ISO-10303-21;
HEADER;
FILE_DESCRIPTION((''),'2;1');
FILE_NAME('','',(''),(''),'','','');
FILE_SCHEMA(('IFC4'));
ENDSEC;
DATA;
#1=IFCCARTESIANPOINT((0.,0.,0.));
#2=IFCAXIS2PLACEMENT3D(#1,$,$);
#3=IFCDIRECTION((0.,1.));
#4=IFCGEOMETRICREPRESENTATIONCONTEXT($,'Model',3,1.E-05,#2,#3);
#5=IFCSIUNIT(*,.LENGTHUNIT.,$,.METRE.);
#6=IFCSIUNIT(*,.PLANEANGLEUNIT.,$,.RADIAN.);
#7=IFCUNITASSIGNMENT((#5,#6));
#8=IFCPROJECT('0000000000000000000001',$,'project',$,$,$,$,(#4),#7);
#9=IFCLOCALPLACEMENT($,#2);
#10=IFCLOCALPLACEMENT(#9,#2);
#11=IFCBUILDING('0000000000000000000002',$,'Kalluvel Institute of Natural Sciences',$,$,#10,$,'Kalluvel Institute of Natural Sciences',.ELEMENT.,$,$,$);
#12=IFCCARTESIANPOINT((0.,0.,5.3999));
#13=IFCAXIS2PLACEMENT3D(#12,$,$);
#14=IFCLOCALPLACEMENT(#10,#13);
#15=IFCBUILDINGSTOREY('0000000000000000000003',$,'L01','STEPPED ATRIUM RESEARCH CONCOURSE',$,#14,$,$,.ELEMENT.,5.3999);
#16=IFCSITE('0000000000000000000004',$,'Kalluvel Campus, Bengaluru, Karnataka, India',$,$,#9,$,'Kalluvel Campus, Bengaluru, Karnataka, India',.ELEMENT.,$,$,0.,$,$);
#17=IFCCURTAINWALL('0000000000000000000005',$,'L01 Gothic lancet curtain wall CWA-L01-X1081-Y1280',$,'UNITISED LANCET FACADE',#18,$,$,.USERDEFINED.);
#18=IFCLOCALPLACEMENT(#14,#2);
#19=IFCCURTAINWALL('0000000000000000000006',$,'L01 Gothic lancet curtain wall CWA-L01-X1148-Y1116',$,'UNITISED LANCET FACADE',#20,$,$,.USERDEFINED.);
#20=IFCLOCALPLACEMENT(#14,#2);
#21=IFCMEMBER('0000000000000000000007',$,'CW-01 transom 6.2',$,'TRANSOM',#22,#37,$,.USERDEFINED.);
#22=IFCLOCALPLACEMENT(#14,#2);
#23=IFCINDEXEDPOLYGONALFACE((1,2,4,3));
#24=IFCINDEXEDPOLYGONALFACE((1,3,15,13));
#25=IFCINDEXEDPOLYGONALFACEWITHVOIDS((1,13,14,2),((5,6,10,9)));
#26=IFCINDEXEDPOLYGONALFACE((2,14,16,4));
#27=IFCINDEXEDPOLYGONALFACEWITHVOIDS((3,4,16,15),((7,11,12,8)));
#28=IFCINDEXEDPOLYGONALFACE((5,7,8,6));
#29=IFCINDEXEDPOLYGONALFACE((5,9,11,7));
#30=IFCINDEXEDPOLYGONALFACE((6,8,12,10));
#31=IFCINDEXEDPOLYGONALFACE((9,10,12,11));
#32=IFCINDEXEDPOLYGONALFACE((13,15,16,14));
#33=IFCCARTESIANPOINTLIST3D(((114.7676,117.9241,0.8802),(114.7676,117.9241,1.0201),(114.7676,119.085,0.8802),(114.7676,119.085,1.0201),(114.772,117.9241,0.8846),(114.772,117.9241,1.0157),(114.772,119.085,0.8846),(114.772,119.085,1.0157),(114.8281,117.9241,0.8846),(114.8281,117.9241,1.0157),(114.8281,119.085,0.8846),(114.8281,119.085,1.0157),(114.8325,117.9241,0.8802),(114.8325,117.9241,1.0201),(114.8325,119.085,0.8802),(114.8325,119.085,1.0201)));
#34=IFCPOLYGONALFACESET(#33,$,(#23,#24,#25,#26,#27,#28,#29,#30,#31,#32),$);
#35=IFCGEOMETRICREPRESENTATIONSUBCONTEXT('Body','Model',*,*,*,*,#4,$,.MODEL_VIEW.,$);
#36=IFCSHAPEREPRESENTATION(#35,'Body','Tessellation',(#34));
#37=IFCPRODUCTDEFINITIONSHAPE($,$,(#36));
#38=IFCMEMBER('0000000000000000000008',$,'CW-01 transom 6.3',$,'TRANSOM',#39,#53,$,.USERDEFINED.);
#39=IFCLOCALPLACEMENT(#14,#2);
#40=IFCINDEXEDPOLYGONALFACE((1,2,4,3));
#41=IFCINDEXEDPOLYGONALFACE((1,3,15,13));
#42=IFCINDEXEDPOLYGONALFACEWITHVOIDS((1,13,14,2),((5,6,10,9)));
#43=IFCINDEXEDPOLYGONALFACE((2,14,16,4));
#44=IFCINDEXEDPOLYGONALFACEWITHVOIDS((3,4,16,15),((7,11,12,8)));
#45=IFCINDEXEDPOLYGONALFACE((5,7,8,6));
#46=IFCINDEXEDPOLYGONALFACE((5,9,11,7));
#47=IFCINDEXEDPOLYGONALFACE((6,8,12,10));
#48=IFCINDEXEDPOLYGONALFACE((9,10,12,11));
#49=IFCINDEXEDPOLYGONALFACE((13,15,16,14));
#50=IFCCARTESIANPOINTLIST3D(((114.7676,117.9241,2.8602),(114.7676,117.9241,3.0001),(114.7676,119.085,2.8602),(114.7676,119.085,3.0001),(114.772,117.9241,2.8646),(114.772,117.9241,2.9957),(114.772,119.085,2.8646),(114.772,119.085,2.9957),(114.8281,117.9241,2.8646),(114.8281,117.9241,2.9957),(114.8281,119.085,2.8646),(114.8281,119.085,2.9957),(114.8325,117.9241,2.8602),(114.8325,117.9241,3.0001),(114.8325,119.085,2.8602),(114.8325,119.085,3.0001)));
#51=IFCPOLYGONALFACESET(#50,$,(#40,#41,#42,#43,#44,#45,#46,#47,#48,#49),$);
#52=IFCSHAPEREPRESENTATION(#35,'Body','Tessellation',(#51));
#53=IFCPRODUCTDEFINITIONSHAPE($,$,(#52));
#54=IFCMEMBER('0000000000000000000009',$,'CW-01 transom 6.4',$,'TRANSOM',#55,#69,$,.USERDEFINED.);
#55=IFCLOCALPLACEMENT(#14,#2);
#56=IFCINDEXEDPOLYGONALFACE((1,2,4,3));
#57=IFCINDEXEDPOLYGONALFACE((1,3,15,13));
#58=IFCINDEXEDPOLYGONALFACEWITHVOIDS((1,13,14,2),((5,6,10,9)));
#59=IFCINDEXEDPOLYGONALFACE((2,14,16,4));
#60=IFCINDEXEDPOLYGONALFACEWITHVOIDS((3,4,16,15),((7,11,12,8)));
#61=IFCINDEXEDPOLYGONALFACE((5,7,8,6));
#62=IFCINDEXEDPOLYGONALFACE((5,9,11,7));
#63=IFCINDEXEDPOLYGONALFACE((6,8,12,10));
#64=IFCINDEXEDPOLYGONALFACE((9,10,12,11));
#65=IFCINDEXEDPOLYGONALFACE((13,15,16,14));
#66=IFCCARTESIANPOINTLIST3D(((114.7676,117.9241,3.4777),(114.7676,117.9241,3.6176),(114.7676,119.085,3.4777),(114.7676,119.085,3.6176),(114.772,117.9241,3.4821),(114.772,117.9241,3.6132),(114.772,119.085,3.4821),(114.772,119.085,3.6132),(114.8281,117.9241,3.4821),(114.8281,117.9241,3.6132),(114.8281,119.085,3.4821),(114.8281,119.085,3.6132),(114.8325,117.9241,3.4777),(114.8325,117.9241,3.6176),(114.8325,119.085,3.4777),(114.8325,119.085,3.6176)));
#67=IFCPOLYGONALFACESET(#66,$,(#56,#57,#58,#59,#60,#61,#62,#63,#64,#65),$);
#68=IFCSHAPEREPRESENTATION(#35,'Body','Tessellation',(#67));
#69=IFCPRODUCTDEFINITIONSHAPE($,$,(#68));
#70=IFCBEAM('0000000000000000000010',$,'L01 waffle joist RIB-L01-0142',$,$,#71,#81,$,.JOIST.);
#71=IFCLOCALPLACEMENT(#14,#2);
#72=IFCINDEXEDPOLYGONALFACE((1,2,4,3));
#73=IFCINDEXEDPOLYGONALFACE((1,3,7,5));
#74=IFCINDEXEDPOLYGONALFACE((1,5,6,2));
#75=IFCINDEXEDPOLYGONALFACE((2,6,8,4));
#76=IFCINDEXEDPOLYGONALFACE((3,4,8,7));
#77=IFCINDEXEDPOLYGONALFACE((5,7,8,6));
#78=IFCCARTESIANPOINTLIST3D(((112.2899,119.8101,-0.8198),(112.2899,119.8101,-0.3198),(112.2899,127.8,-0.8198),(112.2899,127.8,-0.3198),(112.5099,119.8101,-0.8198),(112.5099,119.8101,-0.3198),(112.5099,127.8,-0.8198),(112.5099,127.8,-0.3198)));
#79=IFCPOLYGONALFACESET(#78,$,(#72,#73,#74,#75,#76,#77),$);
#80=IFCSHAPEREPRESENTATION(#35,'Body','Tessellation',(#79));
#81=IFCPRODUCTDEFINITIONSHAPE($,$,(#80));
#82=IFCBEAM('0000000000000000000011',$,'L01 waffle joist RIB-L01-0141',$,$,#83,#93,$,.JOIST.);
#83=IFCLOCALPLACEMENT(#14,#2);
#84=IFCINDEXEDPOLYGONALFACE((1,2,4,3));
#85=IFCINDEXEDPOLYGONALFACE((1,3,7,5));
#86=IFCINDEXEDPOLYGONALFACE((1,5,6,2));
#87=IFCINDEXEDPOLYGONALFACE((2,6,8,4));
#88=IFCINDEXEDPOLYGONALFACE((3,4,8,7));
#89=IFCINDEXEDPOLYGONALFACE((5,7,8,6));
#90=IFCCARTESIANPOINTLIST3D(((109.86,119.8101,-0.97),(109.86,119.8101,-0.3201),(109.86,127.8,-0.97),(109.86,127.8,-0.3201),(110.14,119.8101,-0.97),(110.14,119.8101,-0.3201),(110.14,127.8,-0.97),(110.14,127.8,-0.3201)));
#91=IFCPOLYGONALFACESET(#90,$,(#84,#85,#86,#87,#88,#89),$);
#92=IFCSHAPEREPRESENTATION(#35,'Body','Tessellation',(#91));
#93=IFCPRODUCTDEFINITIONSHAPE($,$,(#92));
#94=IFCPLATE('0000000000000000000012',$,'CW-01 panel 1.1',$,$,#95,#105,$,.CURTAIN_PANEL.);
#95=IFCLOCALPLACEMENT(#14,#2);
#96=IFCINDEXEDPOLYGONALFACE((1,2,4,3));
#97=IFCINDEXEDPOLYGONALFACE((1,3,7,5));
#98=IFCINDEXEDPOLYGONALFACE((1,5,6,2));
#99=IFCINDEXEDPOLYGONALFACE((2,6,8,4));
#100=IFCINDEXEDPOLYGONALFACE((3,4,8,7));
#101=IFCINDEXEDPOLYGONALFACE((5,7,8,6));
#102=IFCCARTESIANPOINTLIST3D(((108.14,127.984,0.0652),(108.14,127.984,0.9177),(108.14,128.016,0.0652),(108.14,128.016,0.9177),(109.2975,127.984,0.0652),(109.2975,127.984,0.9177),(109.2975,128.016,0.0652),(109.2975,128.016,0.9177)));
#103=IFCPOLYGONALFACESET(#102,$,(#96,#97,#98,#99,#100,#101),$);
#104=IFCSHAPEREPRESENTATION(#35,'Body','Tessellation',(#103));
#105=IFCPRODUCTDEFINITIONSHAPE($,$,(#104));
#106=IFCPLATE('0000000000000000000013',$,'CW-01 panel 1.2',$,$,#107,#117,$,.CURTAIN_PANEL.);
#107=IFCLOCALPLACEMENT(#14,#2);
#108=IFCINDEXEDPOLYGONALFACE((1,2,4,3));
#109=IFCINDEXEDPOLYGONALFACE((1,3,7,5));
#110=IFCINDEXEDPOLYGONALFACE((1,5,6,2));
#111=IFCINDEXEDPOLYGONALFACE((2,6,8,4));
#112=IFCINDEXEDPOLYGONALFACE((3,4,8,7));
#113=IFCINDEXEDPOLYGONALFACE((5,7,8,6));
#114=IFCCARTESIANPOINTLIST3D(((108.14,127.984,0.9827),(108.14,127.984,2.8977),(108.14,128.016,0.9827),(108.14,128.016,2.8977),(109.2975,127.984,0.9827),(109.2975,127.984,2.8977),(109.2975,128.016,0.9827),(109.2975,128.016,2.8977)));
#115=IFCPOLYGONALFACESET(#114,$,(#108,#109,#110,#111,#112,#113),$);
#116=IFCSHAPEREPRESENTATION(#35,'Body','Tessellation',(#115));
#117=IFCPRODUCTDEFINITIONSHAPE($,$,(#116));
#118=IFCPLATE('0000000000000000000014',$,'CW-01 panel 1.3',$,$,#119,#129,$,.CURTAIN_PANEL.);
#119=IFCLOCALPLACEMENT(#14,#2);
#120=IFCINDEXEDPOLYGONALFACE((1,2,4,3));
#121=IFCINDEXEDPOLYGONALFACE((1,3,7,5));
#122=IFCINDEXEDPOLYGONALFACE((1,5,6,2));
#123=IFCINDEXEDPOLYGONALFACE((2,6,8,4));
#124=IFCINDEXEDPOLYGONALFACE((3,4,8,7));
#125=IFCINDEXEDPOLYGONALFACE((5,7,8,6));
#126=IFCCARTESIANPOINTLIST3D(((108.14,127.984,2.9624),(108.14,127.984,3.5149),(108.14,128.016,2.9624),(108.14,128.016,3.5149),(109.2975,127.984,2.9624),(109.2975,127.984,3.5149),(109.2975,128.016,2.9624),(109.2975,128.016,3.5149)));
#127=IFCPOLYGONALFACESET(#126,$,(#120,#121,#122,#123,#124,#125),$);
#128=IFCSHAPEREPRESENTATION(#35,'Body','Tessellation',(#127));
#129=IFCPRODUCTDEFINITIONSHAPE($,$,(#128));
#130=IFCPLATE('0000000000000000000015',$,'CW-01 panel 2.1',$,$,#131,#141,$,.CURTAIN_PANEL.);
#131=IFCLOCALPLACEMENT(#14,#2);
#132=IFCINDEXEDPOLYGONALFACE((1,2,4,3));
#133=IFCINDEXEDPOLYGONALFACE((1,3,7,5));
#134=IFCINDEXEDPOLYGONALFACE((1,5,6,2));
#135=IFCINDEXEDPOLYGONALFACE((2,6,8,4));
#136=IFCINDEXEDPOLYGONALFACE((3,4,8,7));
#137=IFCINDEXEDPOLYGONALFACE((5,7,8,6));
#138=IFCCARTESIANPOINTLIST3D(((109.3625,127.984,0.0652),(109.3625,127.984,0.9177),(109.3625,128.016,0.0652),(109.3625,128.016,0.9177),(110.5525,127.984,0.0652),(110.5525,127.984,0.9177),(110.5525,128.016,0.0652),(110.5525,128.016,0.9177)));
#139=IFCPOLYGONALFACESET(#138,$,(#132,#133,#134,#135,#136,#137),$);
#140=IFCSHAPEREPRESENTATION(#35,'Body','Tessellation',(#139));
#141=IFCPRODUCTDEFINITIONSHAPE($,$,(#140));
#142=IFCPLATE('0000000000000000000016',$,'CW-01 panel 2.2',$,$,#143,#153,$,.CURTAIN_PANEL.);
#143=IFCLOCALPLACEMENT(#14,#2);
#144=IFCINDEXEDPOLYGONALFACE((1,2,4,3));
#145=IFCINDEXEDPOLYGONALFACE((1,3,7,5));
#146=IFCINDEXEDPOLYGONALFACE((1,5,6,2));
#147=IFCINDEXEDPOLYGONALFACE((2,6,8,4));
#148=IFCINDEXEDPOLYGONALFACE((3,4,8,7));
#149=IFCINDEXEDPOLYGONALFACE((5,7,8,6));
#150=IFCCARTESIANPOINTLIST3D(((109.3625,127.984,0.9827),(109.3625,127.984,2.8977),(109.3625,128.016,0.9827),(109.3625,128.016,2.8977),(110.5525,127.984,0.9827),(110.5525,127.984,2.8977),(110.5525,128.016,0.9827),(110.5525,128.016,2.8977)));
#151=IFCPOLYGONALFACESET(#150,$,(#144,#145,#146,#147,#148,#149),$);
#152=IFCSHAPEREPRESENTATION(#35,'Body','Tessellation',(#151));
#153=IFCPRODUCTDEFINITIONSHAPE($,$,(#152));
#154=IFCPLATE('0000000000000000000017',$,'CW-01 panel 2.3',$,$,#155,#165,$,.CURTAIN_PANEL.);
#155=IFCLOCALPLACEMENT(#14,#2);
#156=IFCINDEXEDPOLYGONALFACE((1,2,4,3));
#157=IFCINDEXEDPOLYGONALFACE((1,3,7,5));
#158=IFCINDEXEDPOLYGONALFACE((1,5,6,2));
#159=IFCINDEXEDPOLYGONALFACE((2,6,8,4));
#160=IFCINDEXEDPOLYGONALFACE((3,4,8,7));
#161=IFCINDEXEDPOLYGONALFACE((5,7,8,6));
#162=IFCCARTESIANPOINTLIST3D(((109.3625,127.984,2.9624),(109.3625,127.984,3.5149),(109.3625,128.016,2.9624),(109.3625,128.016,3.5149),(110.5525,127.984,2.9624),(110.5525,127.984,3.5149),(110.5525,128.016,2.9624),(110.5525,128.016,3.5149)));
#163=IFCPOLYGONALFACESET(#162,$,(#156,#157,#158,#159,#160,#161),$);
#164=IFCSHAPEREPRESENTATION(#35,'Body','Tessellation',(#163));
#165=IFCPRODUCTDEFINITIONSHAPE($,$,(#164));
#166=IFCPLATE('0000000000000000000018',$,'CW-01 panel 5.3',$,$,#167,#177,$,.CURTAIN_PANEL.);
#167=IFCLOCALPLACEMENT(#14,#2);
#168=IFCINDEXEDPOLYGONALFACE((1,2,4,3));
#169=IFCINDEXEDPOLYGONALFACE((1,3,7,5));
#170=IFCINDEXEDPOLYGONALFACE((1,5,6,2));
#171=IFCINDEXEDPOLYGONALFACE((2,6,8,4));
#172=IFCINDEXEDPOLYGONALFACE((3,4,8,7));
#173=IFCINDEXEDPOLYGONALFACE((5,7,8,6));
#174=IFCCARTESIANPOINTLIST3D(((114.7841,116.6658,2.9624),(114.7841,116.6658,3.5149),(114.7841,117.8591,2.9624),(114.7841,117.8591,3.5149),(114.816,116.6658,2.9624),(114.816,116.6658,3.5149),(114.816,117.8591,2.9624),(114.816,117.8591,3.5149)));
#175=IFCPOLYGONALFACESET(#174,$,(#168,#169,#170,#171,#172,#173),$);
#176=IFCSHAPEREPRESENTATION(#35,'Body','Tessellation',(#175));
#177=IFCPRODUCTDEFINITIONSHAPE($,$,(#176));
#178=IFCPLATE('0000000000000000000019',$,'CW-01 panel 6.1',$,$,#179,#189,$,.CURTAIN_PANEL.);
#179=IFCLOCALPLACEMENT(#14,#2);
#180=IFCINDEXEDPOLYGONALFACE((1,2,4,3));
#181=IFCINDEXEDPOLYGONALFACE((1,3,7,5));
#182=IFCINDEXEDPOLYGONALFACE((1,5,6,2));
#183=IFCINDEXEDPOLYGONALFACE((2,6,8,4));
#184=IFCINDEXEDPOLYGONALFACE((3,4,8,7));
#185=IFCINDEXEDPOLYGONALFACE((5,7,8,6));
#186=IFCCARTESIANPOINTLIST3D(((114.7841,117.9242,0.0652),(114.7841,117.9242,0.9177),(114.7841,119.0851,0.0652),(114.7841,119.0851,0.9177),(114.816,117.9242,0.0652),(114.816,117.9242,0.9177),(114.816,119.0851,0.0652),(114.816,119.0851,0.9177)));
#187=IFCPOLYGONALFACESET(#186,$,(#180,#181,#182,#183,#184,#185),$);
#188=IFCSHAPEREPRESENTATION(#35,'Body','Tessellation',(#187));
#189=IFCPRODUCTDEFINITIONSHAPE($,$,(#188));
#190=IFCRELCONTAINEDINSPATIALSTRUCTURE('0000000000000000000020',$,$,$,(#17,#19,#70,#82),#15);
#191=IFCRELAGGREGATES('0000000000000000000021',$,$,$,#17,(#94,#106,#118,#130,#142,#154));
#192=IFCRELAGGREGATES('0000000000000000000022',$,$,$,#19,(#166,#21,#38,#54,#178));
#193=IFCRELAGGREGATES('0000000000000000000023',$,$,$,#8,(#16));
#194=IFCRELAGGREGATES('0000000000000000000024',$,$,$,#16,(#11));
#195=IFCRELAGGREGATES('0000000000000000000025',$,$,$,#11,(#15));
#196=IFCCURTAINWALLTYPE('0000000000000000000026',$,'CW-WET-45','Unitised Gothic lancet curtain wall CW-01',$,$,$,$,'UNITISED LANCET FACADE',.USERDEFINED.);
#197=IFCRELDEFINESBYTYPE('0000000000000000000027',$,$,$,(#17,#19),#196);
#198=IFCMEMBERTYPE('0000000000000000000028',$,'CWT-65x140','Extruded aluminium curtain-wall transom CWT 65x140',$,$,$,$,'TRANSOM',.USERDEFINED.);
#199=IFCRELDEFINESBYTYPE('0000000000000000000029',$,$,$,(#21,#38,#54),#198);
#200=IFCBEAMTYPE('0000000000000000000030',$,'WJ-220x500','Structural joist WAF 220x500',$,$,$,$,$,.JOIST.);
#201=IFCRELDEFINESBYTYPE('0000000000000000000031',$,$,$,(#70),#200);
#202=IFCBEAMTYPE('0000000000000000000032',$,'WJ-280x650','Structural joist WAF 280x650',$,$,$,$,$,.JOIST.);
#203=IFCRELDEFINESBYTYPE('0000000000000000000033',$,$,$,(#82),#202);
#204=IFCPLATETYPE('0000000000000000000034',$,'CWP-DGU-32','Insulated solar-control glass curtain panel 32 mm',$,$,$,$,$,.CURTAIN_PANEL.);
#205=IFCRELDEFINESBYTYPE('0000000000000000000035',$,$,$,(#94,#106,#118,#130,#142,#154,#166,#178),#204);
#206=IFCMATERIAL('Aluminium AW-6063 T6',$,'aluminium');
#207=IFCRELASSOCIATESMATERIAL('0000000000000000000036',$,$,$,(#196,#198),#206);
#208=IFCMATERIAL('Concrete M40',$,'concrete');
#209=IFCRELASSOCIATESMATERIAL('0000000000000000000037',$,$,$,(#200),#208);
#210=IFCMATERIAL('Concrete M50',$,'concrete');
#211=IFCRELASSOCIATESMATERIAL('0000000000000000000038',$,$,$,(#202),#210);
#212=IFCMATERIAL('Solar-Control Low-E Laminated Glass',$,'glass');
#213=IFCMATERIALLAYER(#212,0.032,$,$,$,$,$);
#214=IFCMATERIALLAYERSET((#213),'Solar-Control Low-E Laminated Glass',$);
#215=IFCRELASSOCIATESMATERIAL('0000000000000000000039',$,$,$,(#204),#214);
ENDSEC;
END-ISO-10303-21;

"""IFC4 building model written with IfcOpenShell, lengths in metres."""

from ifc_helpers import new_model, si_unit, direction, frame, origin, origin_2d, place, context, subcontext, project, spatial, rectangle, hollow_rectangle, extrude, material, layer, layer_set, material_profile, profile_set, type_object, element, aggregate, save


model = new_model("IFC4")

# Units and contexts
model_context = context("Model", 3, precision=1e-05, world=origin(), true_north=direction((0.0, 1.0)))
body_context = subcontext(model_context, "Body", "Model", "MODEL_VIEW")
ifc_project = project(units=[si_unit("LENGTHUNIT", "METRE"), si_unit("PLANEANGLEUNIT", "RADIAN")], contexts=[model_context])

# Site, building, storey
site_placement = place(None, origin())
site = spatial("IfcSite", under=ifc_project, at=site_placement, Name="Kalluvel Campus, Bengaluru, Karnataka, India", LongName="Kalluvel Campus, Bengaluru, Karnataka, India", CompositionType="ELEMENT", RefElevation=0.0)
building_placement = place(site_placement, origin())
building = spatial("IfcBuilding", under=site, at=building_placement, Name="Kalluvel Institute of Natural Sciences", LongName="Kalluvel Institute of Natural Sciences", CompositionType="ELEMENT")
storey_placement = place(building_placement, frame((0.0, 0.0, 5.3999)))
storey = spatial("IfcBuildingStorey", under=building, at=storey_placement, Name="L01", Description="STEPPED ATRIUM RESEARCH CONCOURSE", CompositionType="ELEMENT", Elevation=5.3999)

# Shared definitions
ifc_material_1 = material(Name="Concrete M50", Category="concrete")

# Curtain wall
ifc_material_2 = material(Name="Aluminium AW-6063 T6", Category="aluminium")
curtain_wall_type = type_object("IfcCurtainWallType", Name="CW-WET-45", Description="Unitised Gothic lancet curtain wall CW-01", ElementType="UNITISED LANCET FACADE", PredefinedType="USERDEFINED", material=ifc_material_2)
curtain_wall_1_placement = place(storey_placement, origin())
curtain_wall_1 = element("IfcCurtainWall", 1, at=curtain_wall_1_placement, inside=storey, type_object=curtain_wall_type, Name="L01 Gothic lancet curtain wall CWA-L01-X1081-Y1280", ObjectType="UNITISED LANCET FACADE", PredefinedType="USERDEFINED")

# Curtain wall
curtain_wall_2_placement = place(storey_placement, origin())
curtain_wall_2 = element("IfcCurtainWall", 2, at=curtain_wall_2_placement, inside=storey, type_object=curtain_wall_type, Name="L01 Gothic lancet curtain wall CWA-L01-X1148-Y1116", ObjectType="UNITISED LANCET FACADE", PredefinedType="USERDEFINED")

# Members
ifc_material_profile_1 = material_profile(ifc_material_2, hollow_rectangle(XDim=0.0649, YDim=0.1399, WallThickness=0.0044, at=origin_2d()), Name="CWT 65x140")
ifc_profile_set_1 = profile_set([ifc_material_profile_1], Name="Aluminium AW-6063 T6")
member_type_1 = type_object("IfcMemberType", Name="CWT-65x140", Description="Extruded aluminium curtain-wall transom CWT 65x140", ElementType="TRANSOM", PredefinedType="USERDEFINED", material=ifc_profile_set_1)
member_1_placement = place(storey_placement, frame((114.8, 117.9241, 0.9502), z_axis=(0.0, 1.0, 0.0), x_axis=(-1.0, 0.0, 0.0)))
member_1 = element("IfcMember", 3, at=member_1_placement, type_object=member_type_1, Name="CW-01 transom 6.2", ObjectType="TRANSOM", PredefinedType="USERDEFINED", context=body_context, shape_type="SweptSolid", body=[
    extrude(hollow_rectangle(XDim=0.0649, YDim=0.1399, WallThickness=0.0044, at=origin_2d()), origin(), (0.0, 0.0, 1.0), 1.1609),
])
member_2_placement = place(storey_placement, frame((114.8, 117.9241, 2.9302), z_axis=(0.0, 1.0, 0.0), x_axis=(-1.0, 0.0, 0.0)))
member_2 = element("IfcMember", 4, at=member_2_placement, type_object=member_type_1, Name="CW-01 transom 6.3", ObjectType="TRANSOM", PredefinedType="USERDEFINED", context=body_context, shape_type="SweptSolid", body=[
    extrude(hollow_rectangle(XDim=0.0649, YDim=0.1399, WallThickness=0.0044, at=origin_2d()), origin(), (0.0, 0.0, 1.0), 1.1609),
])
member_3_placement = place(storey_placement, frame((114.8, 117.9241, 3.5476), z_axis=(0.0, 1.0, 0.0), x_axis=(-1.0, 0.0, 0.0)))
member_3 = element("IfcMember", 5, at=member_3_placement, type_object=member_type_1, Name="CW-01 transom 6.4", ObjectType="TRANSOM", PredefinedType="USERDEFINED", context=body_context, shape_type="SweptSolid", body=[
    extrude(hollow_rectangle(XDim=0.0649, YDim=0.1399, WallThickness=0.0044, at=origin_2d()), origin(), (0.0, 0.0, 1.0), 1.1609),
])

# Beams
ifc_material_3 = material(Name="Concrete M40", Category="concrete")
ifc_material_profile_2 = material_profile(ifc_material_3, rectangle(XDim=0.22, YDim=0.5, at=origin_2d()), Name="WAF 220x500")
ifc_profile_set_2 = profile_set([ifc_material_profile_2], Name="Concrete M40")
beam_type_1 = type_object("IfcBeamType", Name="WJ-220x500", Description="Structural joist WAF 220x500", PredefinedType="JOIST", material=ifc_profile_set_2)
beam_1_placement = place(storey_placement, frame((112.3999, 119.8101, -0.5698), z_axis=(0.0, 1.0, 0.0), x_axis=(-1.0, 0.0, 0.0)))
element("IfcBeam", 6, at=beam_1_placement, inside=storey, type_object=beam_type_1, Name="L01 waffle joist RIB-L01-0142", PredefinedType="JOIST", context=body_context, shape_type="SweptSolid", body=[
    extrude(rectangle(XDim=0.22, YDim=0.5, at=origin_2d()), origin(), (0.0, 0.0, 1.0), 7.99),
])
ifc_material_profile_3 = material_profile(ifc_material_1, rectangle(XDim=0.28, YDim=0.6499, at=origin_2d()), Name="WAF 280x650")
ifc_profile_set_3 = profile_set([ifc_material_profile_3], Name="Concrete M50")
beam_type_2 = type_object("IfcBeamType", Name="WJ-280x650", Description="Structural joist WAF 280x650", PredefinedType="JOIST", material=ifc_profile_set_3)
beam_2_placement = place(storey_placement, frame((110.0, 119.8101, -0.645), z_axis=(0.0, 1.0, 0.0), x_axis=(-1.0, 0.0, 0.0)))
element("IfcBeam", 7, at=beam_2_placement, inside=storey, type_object=beam_type_2, Name="L01 waffle joist RIB-L01-0141", PredefinedType="JOIST", context=body_context, shape_type="SweptSolid", body=[
    extrude(rectangle(XDim=0.28, YDim=0.6499, at=origin_2d()), origin(), (0.0, 0.0, 1.0), 7.99),
])

# Plates
ifc_material_4 = material(Name="Solar-Control Low-E Laminated Glass", Category="glass")
ifc_layer = layer(ifc_material_4, 0.032)
ifc_layer_set = layer_set([ifc_layer], Name="Solar-Control Low-E Laminated Glass")
plate_type = type_object("IfcPlateType", Name="CWP-DGU-32", Description="Insulated solar-control glass curtain panel 32 mm", PredefinedType="CURTAIN_PANEL", material=ifc_layer_set)
plate_1_placement = place(storey_placement, frame((108.7188, 128.0, 0.0652), z_axis=(0.0, 0.0, 1.0), x_axis=(1.0, 0.0, 0.0)))
plate_1 = element("IfcPlate", 8, at=plate_1_placement, type_object=plate_type, Name="CW-01 panel 1.1", PredefinedType="CURTAIN_PANEL", context=body_context, shape_type="SweptSolid", body=[
    extrude(rectangle(XDim=1.1575, YDim=0.032, at=origin_2d()), origin(), (0.0, 0.0, 1.0), 0.8525),
])
plate_2_placement = place(storey_placement, frame((108.7188, 128.0, 0.9827), z_axis=(0.0, 0.0, 1.0), x_axis=(1.0, 0.0, 0.0)))
plate_2 = element("IfcPlate", 9, at=plate_2_placement, type_object=plate_type, Name="CW-01 panel 1.2", PredefinedType="CURTAIN_PANEL", context=body_context, shape_type="SweptSolid", body=[
    extrude(rectangle(XDim=1.1575, YDim=0.032, at=origin_2d()), origin(), (0.0, 0.0, 1.0), 1.915),
])
plate_3_placement = place(storey_placement, frame((108.7188, 128.0, 2.9624), z_axis=(0.0, 0.0, 1.0), x_axis=(1.0, 0.0, 0.0)))
plate_3 = element("IfcPlate", 10, at=plate_3_placement, type_object=plate_type, Name="CW-01 panel 1.3", PredefinedType="CURTAIN_PANEL", context=body_context, shape_type="SweptSolid", body=[
    extrude(rectangle(XDim=1.1575, YDim=0.032, at=origin_2d()), origin(), (0.0, 0.0, 1.0), 0.5525),
])
plate_4_placement = place(storey_placement, frame((109.9575, 128.0, 0.0652), z_axis=(0.0, 0.0, 1.0), x_axis=(1.0, 0.0, 0.0)))
plate_4 = element("IfcPlate", 11, at=plate_4_placement, type_object=plate_type, Name="CW-01 panel 2.1", PredefinedType="CURTAIN_PANEL", context=body_context, shape_type="SweptSolid", body=[
    extrude(rectangle(XDim=1.1899, YDim=0.032, at=origin_2d()), origin(), (0.0, 0.0, 1.0), 0.8525),
])
plate_5_placement = place(storey_placement, frame((109.9575, 128.0, 0.9827), z_axis=(0.0, 0.0, 1.0), x_axis=(1.0, 0.0, 0.0)))
plate_5 = element("IfcPlate", 12, at=plate_5_placement, type_object=plate_type, Name="CW-01 panel 2.2", PredefinedType="CURTAIN_PANEL", context=body_context, shape_type="SweptSolid", body=[
    extrude(rectangle(XDim=1.1899, YDim=0.032, at=origin_2d()), origin(), (0.0, 0.0, 1.0), 1.915),
])
plate_6_placement = place(storey_placement, frame((109.9575, 128.0, 2.9624), z_axis=(0.0, 0.0, 1.0), x_axis=(1.0, 0.0, 0.0)))
plate_6 = element("IfcPlate", 13, at=plate_6_placement, type_object=plate_type, Name="CW-01 panel 2.3", PredefinedType="CURTAIN_PANEL", context=body_context, shape_type="SweptSolid", body=[
    extrude(rectangle(XDim=1.1899, YDim=0.032, at=origin_2d()), origin(), (0.0, 0.0, 1.0), 0.5525),
])
aggregate(curtain_wall_1, [plate_1, plate_2, plate_3, plate_4, plate_5, plate_6])
plate_7_placement = place(storey_placement, frame((114.8, 117.2625, 2.9624), z_axis=(0.0, 0.0, 1.0), x_axis=(0.0, 1.0, 0.0)))
plate_7 = element("IfcPlate", 14, at=plate_7_placement, type_object=plate_type, Name="CW-01 panel 5.3", PredefinedType="CURTAIN_PANEL", context=body_context, shape_type="SweptSolid", body=[
    extrude(rectangle(XDim=1.1934, YDim=0.032, at=origin_2d()), origin(), (0.0, 0.0, 1.0), 0.5525),
])
plate_8_placement = place(storey_placement, frame((114.8, 118.5046, 0.0652), z_axis=(0.0, 0.0, 1.0), x_axis=(0.0, 1.0, 0.0)))
plate_8 = element("IfcPlate", 15, at=plate_8_placement, type_object=plate_type, Name="CW-01 panel 6.1", PredefinedType="CURTAIN_PANEL", context=body_context, shape_type="SweptSolid", body=[
    extrude(rectangle(XDim=1.1609, YDim=0.032, at=origin_2d()), origin(), (0.0, 0.0, 1.0), 0.8525),
])
aggregate(curtain_wall_2, [plate_7, member_1, member_2, member_3, plate_8])

save(model, "model.ifc")
